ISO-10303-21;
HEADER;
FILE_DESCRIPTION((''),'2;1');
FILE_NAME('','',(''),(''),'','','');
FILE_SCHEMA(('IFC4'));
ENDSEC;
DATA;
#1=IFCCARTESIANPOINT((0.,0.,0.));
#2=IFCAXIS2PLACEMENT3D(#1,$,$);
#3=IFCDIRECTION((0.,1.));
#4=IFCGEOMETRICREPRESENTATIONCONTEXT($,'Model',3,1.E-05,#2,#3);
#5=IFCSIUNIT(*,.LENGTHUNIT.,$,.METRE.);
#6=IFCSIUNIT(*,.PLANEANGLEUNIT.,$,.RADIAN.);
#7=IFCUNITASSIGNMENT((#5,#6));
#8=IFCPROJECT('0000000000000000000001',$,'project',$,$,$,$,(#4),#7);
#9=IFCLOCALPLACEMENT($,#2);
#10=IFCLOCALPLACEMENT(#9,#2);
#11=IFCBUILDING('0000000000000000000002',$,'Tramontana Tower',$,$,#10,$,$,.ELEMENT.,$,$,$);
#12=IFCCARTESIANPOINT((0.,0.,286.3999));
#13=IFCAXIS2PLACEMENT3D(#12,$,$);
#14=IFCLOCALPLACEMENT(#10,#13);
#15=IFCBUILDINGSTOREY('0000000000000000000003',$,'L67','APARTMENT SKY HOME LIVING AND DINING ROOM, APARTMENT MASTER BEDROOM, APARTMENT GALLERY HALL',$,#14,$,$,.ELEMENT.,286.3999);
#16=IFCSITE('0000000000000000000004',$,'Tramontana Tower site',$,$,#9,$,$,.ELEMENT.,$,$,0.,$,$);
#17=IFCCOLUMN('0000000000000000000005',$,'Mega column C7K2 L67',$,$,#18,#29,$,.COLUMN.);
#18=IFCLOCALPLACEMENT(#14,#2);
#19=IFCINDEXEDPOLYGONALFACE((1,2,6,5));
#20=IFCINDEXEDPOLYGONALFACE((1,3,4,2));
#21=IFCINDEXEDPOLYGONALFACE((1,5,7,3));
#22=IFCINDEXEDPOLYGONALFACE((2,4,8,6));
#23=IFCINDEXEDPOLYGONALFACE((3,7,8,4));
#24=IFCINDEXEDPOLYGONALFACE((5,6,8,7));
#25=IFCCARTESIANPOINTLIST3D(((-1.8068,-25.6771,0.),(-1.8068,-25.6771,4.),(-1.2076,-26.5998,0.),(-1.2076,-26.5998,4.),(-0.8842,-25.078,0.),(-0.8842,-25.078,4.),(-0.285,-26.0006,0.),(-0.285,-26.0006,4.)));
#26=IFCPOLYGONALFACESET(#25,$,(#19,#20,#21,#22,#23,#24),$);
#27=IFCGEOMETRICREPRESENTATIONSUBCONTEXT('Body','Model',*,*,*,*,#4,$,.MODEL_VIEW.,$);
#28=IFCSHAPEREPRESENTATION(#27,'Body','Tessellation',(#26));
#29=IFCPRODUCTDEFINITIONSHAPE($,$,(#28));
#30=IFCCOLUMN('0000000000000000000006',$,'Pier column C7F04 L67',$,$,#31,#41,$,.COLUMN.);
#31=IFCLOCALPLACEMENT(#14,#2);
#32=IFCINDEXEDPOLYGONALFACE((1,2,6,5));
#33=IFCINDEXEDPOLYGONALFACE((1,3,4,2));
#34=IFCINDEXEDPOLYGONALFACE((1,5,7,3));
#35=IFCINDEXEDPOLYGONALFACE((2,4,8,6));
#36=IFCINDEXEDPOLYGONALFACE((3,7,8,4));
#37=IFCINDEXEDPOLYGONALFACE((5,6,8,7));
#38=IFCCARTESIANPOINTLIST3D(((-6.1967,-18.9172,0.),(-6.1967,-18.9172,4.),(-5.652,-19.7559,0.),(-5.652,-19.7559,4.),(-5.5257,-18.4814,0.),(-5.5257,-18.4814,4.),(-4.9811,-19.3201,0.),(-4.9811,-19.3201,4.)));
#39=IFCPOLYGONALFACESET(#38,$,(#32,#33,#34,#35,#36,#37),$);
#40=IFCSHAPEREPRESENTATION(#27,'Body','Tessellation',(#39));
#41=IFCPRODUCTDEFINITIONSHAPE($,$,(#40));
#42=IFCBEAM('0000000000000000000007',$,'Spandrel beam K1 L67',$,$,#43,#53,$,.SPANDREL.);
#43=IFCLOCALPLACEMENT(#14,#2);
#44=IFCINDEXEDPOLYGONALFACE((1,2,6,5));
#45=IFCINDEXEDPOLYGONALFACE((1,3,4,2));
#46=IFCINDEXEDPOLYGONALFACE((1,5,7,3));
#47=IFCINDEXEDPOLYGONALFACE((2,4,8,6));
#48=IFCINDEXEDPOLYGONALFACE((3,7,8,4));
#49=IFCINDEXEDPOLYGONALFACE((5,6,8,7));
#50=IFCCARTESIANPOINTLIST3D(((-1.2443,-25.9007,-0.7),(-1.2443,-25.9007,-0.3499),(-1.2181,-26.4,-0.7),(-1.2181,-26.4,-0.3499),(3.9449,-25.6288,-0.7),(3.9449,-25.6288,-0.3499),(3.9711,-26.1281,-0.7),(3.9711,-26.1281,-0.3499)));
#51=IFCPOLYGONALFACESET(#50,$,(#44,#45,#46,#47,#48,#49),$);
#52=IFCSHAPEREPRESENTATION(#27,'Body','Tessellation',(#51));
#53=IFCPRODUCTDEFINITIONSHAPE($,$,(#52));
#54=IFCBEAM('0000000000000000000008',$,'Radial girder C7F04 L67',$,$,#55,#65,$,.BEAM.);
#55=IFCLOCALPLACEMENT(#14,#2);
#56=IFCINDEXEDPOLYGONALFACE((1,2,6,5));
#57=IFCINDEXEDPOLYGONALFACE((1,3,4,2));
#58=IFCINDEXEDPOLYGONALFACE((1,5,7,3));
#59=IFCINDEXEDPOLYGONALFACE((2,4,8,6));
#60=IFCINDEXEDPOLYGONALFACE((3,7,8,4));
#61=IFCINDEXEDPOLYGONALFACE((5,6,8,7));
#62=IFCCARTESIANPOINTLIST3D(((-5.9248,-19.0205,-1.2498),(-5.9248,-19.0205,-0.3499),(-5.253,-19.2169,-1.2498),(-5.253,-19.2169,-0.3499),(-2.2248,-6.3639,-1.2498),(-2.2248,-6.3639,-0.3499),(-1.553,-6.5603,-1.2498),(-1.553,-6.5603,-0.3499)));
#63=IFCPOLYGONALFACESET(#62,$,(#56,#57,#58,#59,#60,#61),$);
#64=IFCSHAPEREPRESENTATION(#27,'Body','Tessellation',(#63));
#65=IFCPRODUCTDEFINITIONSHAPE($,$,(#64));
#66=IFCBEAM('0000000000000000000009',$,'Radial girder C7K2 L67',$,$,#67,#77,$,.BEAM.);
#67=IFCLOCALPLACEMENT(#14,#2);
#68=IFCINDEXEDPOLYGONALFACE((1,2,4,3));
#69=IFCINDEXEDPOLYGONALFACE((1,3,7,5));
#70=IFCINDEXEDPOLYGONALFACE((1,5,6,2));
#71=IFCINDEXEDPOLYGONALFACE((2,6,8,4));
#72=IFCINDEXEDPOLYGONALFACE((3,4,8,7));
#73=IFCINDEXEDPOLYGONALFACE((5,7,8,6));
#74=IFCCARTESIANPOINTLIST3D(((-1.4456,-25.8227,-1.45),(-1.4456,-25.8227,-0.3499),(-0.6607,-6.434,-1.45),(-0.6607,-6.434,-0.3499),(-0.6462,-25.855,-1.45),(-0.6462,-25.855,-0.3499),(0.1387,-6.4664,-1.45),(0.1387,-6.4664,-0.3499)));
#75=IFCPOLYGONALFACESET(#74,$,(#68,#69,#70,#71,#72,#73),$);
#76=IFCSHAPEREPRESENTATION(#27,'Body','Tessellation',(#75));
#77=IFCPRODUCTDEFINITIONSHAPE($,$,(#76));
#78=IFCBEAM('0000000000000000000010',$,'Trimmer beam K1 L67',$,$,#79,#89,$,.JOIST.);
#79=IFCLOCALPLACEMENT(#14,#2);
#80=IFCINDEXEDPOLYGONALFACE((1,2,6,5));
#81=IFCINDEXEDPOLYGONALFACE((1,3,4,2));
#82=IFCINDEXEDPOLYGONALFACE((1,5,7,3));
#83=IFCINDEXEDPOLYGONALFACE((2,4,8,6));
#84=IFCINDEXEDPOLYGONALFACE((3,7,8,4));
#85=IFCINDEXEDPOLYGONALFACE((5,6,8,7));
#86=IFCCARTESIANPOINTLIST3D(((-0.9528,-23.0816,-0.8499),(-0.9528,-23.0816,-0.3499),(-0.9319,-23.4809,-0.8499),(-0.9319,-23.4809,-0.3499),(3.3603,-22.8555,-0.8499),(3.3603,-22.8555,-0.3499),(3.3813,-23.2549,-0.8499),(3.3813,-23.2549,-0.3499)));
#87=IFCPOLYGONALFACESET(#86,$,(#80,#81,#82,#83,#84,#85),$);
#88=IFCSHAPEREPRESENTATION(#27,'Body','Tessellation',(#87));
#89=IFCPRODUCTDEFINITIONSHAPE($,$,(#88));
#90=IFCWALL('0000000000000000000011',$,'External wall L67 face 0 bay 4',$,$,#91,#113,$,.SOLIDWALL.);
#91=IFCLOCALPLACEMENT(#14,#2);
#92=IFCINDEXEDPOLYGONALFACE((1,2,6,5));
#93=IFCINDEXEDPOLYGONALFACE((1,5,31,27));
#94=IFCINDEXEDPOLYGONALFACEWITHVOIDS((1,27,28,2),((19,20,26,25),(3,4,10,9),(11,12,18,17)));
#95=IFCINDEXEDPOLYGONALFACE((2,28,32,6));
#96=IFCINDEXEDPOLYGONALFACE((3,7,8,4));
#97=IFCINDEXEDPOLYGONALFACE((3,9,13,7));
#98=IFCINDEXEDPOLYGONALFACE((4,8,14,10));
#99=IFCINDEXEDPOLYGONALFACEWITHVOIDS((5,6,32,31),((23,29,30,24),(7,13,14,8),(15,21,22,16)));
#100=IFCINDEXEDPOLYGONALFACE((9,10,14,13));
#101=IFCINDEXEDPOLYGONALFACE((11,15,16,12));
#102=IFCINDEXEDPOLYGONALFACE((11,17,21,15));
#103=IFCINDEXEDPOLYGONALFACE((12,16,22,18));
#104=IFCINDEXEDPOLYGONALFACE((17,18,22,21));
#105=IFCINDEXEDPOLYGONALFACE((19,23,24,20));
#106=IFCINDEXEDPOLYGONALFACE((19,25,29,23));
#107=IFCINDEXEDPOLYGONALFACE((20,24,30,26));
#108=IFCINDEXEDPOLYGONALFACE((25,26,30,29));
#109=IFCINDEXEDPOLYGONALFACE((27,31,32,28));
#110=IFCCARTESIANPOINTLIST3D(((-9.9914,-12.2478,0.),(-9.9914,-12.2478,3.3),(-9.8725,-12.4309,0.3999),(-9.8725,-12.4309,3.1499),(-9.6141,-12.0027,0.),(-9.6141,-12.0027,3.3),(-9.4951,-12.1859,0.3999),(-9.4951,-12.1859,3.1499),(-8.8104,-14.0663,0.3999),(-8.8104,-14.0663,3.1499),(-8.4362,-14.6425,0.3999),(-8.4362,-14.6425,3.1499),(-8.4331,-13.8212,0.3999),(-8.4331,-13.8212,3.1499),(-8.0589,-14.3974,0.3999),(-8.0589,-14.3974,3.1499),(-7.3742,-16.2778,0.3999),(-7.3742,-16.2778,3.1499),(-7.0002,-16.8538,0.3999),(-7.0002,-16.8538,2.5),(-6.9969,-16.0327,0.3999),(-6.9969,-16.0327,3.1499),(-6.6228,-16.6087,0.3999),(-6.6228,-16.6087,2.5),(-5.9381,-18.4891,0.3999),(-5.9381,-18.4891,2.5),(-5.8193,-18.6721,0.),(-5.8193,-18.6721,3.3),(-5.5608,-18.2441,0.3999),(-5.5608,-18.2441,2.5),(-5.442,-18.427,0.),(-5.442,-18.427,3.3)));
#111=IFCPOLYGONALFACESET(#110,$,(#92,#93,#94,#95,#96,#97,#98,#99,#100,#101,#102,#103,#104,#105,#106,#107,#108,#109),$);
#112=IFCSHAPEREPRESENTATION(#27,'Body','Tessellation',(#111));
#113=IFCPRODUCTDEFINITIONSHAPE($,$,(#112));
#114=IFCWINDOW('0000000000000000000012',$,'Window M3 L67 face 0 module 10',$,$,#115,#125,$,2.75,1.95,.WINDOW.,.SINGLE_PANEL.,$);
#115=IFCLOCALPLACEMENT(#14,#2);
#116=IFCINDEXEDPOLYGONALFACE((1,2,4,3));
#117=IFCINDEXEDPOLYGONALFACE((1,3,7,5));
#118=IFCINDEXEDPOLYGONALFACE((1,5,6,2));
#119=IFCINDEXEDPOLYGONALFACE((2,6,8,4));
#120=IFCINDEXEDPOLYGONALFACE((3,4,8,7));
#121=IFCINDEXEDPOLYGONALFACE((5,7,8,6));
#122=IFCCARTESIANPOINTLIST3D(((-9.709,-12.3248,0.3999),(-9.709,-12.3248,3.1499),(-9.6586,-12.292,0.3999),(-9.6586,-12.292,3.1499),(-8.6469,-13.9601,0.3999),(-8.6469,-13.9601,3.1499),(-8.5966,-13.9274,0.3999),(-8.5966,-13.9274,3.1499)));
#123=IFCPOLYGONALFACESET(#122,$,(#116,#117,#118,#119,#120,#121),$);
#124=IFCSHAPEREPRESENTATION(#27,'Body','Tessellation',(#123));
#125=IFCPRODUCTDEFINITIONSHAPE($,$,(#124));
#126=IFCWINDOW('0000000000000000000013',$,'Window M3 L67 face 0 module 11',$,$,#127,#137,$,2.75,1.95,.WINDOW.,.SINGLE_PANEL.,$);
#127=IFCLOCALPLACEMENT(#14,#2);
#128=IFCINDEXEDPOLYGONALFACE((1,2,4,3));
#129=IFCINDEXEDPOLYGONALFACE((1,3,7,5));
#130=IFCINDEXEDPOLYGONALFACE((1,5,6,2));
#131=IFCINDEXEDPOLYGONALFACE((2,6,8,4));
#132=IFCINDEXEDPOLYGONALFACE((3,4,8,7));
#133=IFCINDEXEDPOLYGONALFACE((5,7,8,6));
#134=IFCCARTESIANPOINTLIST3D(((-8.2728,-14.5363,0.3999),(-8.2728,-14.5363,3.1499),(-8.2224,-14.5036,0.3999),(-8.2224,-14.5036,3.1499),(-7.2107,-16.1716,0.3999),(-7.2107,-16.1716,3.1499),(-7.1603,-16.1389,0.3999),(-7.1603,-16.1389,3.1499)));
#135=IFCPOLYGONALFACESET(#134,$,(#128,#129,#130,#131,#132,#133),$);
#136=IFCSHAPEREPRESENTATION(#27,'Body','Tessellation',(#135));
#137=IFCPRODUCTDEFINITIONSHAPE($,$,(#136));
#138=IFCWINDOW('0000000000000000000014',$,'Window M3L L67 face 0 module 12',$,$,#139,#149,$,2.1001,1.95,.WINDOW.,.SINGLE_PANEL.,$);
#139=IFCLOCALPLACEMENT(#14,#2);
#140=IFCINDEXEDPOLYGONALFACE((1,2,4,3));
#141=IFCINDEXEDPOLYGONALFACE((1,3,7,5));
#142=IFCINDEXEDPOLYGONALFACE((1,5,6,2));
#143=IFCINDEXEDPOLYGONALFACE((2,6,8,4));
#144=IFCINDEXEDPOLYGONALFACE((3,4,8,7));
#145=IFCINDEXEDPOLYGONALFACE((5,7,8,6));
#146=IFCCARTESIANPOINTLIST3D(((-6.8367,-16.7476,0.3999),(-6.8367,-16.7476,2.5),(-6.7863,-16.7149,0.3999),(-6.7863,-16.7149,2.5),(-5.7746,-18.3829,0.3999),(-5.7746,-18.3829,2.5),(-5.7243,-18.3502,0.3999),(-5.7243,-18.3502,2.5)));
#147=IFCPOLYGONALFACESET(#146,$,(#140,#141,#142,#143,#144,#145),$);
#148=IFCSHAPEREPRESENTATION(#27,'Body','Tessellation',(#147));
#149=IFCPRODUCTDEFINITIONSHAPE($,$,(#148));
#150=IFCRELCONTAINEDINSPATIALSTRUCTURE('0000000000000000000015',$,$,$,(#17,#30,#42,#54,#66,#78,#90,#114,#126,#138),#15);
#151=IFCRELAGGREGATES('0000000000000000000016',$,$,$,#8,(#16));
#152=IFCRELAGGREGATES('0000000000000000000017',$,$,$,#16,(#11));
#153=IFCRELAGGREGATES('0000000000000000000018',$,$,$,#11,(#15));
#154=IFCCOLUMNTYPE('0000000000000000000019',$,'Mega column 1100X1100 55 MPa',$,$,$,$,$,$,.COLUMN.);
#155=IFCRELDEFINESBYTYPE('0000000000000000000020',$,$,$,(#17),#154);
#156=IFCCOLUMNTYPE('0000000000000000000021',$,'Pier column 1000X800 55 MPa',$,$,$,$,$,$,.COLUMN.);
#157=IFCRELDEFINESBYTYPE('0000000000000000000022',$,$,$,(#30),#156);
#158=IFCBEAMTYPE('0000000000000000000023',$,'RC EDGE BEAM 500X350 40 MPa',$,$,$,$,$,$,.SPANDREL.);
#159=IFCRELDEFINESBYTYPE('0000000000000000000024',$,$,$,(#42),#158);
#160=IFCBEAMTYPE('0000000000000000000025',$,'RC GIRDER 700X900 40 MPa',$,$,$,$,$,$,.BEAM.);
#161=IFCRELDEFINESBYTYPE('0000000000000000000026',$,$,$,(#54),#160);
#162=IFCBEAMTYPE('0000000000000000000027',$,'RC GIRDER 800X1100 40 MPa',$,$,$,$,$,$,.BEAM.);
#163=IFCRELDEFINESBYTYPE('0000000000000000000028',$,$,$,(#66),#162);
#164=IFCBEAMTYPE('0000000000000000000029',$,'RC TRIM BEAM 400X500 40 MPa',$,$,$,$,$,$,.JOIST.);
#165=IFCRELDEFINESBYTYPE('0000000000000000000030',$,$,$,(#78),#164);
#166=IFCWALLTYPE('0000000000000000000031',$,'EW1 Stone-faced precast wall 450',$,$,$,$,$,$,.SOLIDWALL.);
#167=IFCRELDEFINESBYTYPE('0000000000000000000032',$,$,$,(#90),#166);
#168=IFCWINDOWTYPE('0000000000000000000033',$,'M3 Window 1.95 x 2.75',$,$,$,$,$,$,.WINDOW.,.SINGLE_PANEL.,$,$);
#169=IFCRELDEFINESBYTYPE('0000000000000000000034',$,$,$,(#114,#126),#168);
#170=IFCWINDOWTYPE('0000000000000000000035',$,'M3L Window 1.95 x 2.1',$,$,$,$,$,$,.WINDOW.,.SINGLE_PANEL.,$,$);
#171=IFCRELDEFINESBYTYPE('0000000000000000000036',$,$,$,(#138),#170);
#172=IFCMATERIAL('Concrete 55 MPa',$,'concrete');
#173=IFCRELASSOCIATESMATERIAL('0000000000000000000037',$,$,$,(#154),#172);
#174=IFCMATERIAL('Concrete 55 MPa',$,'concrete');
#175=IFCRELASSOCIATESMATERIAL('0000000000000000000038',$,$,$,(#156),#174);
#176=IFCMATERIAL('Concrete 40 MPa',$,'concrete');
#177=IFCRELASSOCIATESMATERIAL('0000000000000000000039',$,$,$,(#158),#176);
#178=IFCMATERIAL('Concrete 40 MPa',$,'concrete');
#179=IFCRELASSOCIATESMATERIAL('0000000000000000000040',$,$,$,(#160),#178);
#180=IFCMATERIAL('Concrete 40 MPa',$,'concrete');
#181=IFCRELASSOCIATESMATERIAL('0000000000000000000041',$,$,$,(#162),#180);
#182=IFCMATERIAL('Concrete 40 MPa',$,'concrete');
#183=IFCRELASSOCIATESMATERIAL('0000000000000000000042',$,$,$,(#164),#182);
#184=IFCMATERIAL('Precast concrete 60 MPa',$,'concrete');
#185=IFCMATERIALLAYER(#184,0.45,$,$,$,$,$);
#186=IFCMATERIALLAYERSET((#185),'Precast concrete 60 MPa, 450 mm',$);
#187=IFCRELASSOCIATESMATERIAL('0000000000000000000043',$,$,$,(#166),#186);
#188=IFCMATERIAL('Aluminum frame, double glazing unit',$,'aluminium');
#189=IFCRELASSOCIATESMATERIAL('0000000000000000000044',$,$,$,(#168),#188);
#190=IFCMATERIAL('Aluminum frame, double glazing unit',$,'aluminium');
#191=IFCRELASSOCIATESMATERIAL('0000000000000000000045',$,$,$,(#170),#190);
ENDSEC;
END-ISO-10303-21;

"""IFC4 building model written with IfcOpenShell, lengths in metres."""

from ifc_helpers import new_model, si_unit, direction, frame, frame_2d, origin, origin_2d, place, context, subcontext, project, spatial, rectangle, extrude, material, layer, layer_set, material_profile, profile_set, type_object, element, fill, save


model = new_model("IFC4")

# Units and contexts
model_context = context("Model", 3, precision=1e-05, world=origin(), true_north=direction((0.0, 1.0)))
body_context = subcontext(model_context, "Body", "Model", "MODEL_VIEW")
ifc_project = project(units=[si_unit("LENGTHUNIT", "METRE"), si_unit("PLANEANGLEUNIT", "RADIAN")], contexts=[model_context])

# Site, building, storey
site_placement = place(None, origin())
site = spatial("IfcSite", under=ifc_project, at=site_placement, Name="Tramontana Tower site", CompositionType="ELEMENT", RefElevation=0.0)
building_placement = place(site_placement, origin())
building = spatial("IfcBuilding", under=site, at=building_placement, Name="Tramontana Tower", CompositionType="ELEMENT")
storey_placement = place(building_placement, frame((0.0, 0.0, 286.3999)))
storey = spatial("IfcBuildingStorey", under=building, at=storey_placement, Name="L67", Description="APARTMENT SKY HOME LIVING AND DINING ROOM, APARTMENT MASTER BEDROOM, APARTMENT GALLERY HALL", CompositionType="ELEMENT", Elevation=286.3999)

# Columns
ifc_material_1 = material(Name="Concrete 55 MPa", Category="concrete")
ifc_material_profile_1 = material_profile(ifc_material_1, rectangle(XDim=1.1001, YDim=1.1001, at=origin_2d()), Name="Mega column 1100X1100 55 MPa")
ifc_profile_set_1 = profile_set([ifc_material_profile_1], Name="Concrete 55 MPa")
column_type_1 = type_object("IfcColumnType", Name="Mega column 1100X1100 55 MPa", PredefinedType="COLUMN", material=ifc_profile_set_1)
column_1_placement = place(storey_placement, frame((-1.0459, -25.8389, 0.0), z_axis=(0.0, 0.0, 1.0), x_axis=(0.544639, -0.838671, 0.0)))
element("IfcColumn", 1, at=column_1_placement, inside=storey, type_object=column_type_1, Name="Mega column C7K2 L67", PredefinedType="COLUMN", context=body_context, shape_type="SweptSolid", body=[
    extrude(rectangle(XDim=1.1001, YDim=1.1001, at=origin_2d()), origin(), (0.0, 0.0, 1.0), 4.0),
])
ifc_material_2 = material(Name="Concrete 55 MPa", Category="concrete")
ifc_material_profile_2 = material_profile(ifc_material_2, rectangle(XDim=1.0, YDim=0.8, at=origin_2d()), Name="Pier column 1000X800 55 MPa")
ifc_profile_set_2 = profile_set([ifc_material_profile_2], Name="Concrete 55 MPa")
column_type_2 = type_object("IfcColumnType", Name="Pier column 1000X800 55 MPa", PredefinedType="COLUMN", material=ifc_profile_set_2)
column_2_placement = place(storey_placement, frame((-5.5889, -19.1187, 0.0), z_axis=(0.0, 0.0, 1.0), x_axis=(0.544639, -0.838671, 0.0)))
element("IfcColumn", 2, at=column_2_placement, inside=storey, type_object=column_type_2, Name="Pier column C7F04 L67", PredefinedType="COLUMN", context=body_context, shape_type="SweptSolid", body=[
    extrude(rectangle(XDim=1.0, YDim=0.8, at=origin_2d()), origin(), (0.0, 0.0, 1.0), 4.0),
])

# Beams
ifc_material_3 = material(Name="Concrete 40 MPa", Category="concrete")
ifc_material_profile_3 = material_profile(ifc_material_3, rectangle(XDim=0.5, YDim=0.3501, at=origin_2d()), Name="RC EDGE BEAM 500X350 40 MPa")
ifc_profile_set_3 = profile_set([ifc_material_profile_3], Name="Concrete 40 MPa")
beam_type_1 = type_object("IfcBeamType", Name="RC EDGE BEAM 500X350 40 MPa", PredefinedType="SPANDREL", material=ifc_profile_set_3)
beam_1_placement = place(storey_placement, frame((-1.2312, -26.1504, -0.5249), z_axis=(0.998629, 0.052339, 0.0), x_axis=(-0.052339, 0.998629, 0.0)))
element("IfcBeam", 3, at=beam_1_placement, inside=storey, type_object=beam_type_1, Name="Spandrel beam K1 L67", PredefinedType="SPANDREL", context=body_context, shape_type="SweptSolid", body=[
    extrude(rectangle(XDim=0.5, YDim=0.3501, at=origin_2d()), origin(), (0.0, 0.0, 1.0), 5.1963),
])
ifc_material_4 = material(Name="Concrete 40 MPa", Category="concrete")
ifc_material_profile_4 = material_profile(ifc_material_4, rectangle(XDim=0.7, YDim=0.8999, at=origin_2d()), Name="RC GIRDER 700X900 40 MPa")
ifc_profile_set_4 = profile_set([ifc_material_profile_4], Name="Concrete 40 MPa")
beam_type_2 = type_object("IfcBeamType", Name="RC GIRDER 700X900 40 MPa", PredefinedType="BEAM", material=ifc_profile_set_4)
beam_2_placement = place(storey_placement, frame((-5.5889, -19.1187, -0.7998), z_axis=(0.280592, 0.959827, 0.0), x_axis=(-0.959827, 0.280592, 0.0)))
element("IfcBeam", 4, at=beam_2_placement, inside=storey, type_object=beam_type_2, Name="Radial girder C7F04 L67", PredefinedType="BEAM", context=body_context, shape_type="SweptSolid", body=[
    extrude(rectangle(XDim=0.7, YDim=0.8999, at=origin_2d()), origin(), (0.0, 0.0, 1.0), 13.1863),
])
ifc_material_5 = material(Name="Concrete 40 MPa", Category="concrete")
ifc_material_profile_5 = material_profile(ifc_material_5, rectangle(XDim=0.8, YDim=1.1001, at=origin_2d()), Name="RC GIRDER 800X1100 40 MPa")
ifc_profile_set_5 = profile_set([ifc_material_profile_5], Name="Concrete 40 MPa")
beam_type_3 = type_object("IfcBeamType", Name="RC GIRDER 800X1100 40 MPa", PredefinedType="BEAM", material=ifc_profile_set_5)
beam_3_placement = place(storey_placement, frame((-1.0459, -25.8389, -0.8999), z_axis=(0.04045, 0.999182, 0.0), x_axis=(-0.999182, 0.04045, 0.0)))
element("IfcBeam", 5, at=beam_3_placement, inside=storey, type_object=beam_type_3, Name="Radial girder C7K2 L67", PredefinedType="BEAM", context=body_context, shape_type="SweptSolid", body=[
    extrude(rectangle(XDim=0.8, YDim=1.1001, at=origin_2d()), origin(), (0.0, 0.0, 1.0), 19.4045),
])
ifc_material_6 = material(Name="Concrete 40 MPa", Category="concrete")
ifc_material_profile_6 = material_profile(ifc_material_6, rectangle(XDim=0.3999, YDim=0.5, at=origin_2d()), Name="RC TRIM BEAM 400X500 40 MPa")
ifc_profile_set_6 = profile_set([ifc_material_profile_6], Name="Concrete 40 MPa")
beam_type_4 = type_object("IfcBeamType", Name="RC TRIM BEAM 400X500 40 MPa", PredefinedType="JOIST", material=ifc_profile_set_6)
beam_4_placement = place(storey_placement, frame((-0.9424, -23.2812, -0.5999), z_axis=(0.998629, 0.052342, 0.0), x_axis=(-0.052342, 0.998629, 0.0)))
element("IfcBeam", 6, at=beam_4_placement, inside=storey, type_object=beam_type_4, Name="Trimmer beam K1 L67", PredefinedType="JOIST", context=body_context, shape_type="SweptSolid", body=[
    extrude(rectangle(XDim=0.3999, YDim=0.5, at=origin_2d()), origin(), (0.0, 0.0, 1.0), 4.3191),
])

# Wall, openings, windows
ifc_material_7 = material(Name="Precast concrete 60 MPa", Category="concrete")
ifc_layer_1 = layer(ifc_material_7, 0.45)
ifc_layer_set_1 = layer_set([ifc_layer_1], Name="Precast concrete 60 MPa, 450 mm")
wall_type_1 = type_object("IfcWallType", Name="EW1 Stone-faced precast wall 450", PredefinedType="SOLIDWALL", material=ifc_layer_set_1)
wall_1_placement = place(storey_placement, frame((-9.8027, -12.1252, 0.0), z_axis=(0.0, 0.0, 1.0), x_axis=(0.54465, -0.838663, 0.0)))
wall_1 = element("IfcWall", 7, at=wall_1_placement, inside=storey, type_object=wall_type_1, Name="External wall L67 face 0 bay 4", PredefinedType="SOLIDWALL", context=body_context, shape_type="SweptSolid", body=[
    extrude(rectangle(XDim=7.6602, YDim=0.45, at=frame_2d((3.8301, 0.0))), origin(), (0.0, 0.0, 1.0), 3.3),
])
opening_1_placement = place(wall_1_placement, frame((0.2183, 0.0, 0.3999)))
opening_1 = element("IfcOpeningElement", 8, at=opening_1_placement, cuts=wall_1, PredefinedType="OPENING", context=body_context, shape_type="SweptSolid", body=[
    extrude(rectangle(XDim=1.95, YDim=2.75, at=frame_2d((0.9751, 1.375))), frame((0.0, 0.2349, 0.0), z_axis=(0.0, -1.0, 0.0), x_axis=(1.0, 0.0, 0.0)), (0.0, 0.0, 1.0), 0.47),
])
opening_2_placement = place(wall_1_placement, frame((2.8552, 0.0, 0.3999)))
opening_2 = element("IfcOpeningElement", 9, at=opening_2_placement, cuts=wall_1, PredefinedType="OPENING", context=body_context, shape_type="SweptSolid", body=[
    extrude(rectangle(XDim=1.95, YDim=2.75, at=frame_2d((0.9751, 1.375))), frame((0.0, 0.2349, 0.0), z_axis=(0.0, -1.0, 0.0), x_axis=(1.0, 0.0, 0.0)), (0.0, 0.0, 1.0), 0.47),
])
opening_3_placement = place(wall_1_placement, frame((5.4919, 0.0, 0.3999)))
opening_3 = element("IfcOpeningElement", 10, at=opening_3_placement, cuts=wall_1, PredefinedType="OPENING", context=body_context, shape_type="SweptSolid", body=[
    extrude(rectangle(XDim=1.95, YDim=2.1001, at=frame_2d((0.9751, 1.05))), frame((0.0, 0.2349, 0.0), z_axis=(0.0, -1.0, 0.0), x_axis=(1.0, 0.0, 0.0)), (0.0, 0.0, 1.0), 0.47),
])
ifc_material_8 = material(Name="Aluminum frame, double glazing unit", Category="aluminium")
window_type_1 = type_object("IfcWindowType", Name="M3 Window 1.95 x 2.75", PartitioningType="SINGLE_PANEL", PredefinedType="WINDOW", material=ifc_material_8)
window_1_placement = place(opening_1_placement, origin())
window_1 = element("IfcWindow", 11, at=window_1_placement, inside=storey, type_object=window_type_1, Name="Window M3 L67 face 0 module 10", OverallHeight=2.75, OverallWidth=1.95, PartitioningType="SINGLE_PANEL", PredefinedType="WINDOW", context=body_context, shape_type="SweptSolid", body=[
    extrude(rectangle(XDim=1.95, YDim=2.75, at=frame_2d((0.9751, 1.375))), frame((0.0, 0.03, 0.0), z_axis=(0.0, -1.0, 0.0), x_axis=(1.0, 0.0, 0.0)), (0.0, 0.0, 1.0), 0.0601),
])
fill(opening_1, window_1)
window_2_placement = place(opening_2_placement, origin())
window_2 = element("IfcWindow", 12, at=window_2_placement, inside=storey, type_object=window_type_1, Name="Window M3 L67 face 0 module 11", OverallHeight=2.75, OverallWidth=1.95, PartitioningType="SINGLE_PANEL", PredefinedType="WINDOW", context=body_context, shape_type="SweptSolid", body=[
    extrude(rectangle(XDim=1.95, YDim=2.75, at=frame_2d((0.9751, 1.375))), frame((0.0, 0.03, 0.0), z_axis=(0.0, -1.0, 0.0), x_axis=(1.0, 0.0, 0.0)), (0.0, 0.0, 1.0), 0.0601),
])
fill(opening_2, window_2)
ifc_material_9 = material(Name="Aluminum frame, double glazing unit", Category="aluminium")
window_type_2 = type_object("IfcWindowType", Name="M3L Window 1.95 x 2.1", PartitioningType="SINGLE_PANEL", PredefinedType="WINDOW", material=ifc_material_9)
window_3_placement = place(opening_3_placement, origin())
window_3 = element("IfcWindow", 13, at=window_3_placement, inside=storey, type_object=window_type_2, Name="Window M3L L67 face 0 module 12", OverallHeight=2.1001, OverallWidth=1.95, PartitioningType="SINGLE_PANEL", PredefinedType="WINDOW", context=body_context, shape_type="SweptSolid", body=[
    extrude(rectangle(XDim=1.95, YDim=2.1001, at=frame_2d((0.9751, 1.05))), frame((0.0, 0.03, 0.0), z_axis=(0.0, -1.0, 0.0), x_axis=(1.0, 0.0, 0.0)), (0.0, 0.0, 1.0), 0.0601),
])
fill(opening_3, window_3)

save(model, "model.ifc")
